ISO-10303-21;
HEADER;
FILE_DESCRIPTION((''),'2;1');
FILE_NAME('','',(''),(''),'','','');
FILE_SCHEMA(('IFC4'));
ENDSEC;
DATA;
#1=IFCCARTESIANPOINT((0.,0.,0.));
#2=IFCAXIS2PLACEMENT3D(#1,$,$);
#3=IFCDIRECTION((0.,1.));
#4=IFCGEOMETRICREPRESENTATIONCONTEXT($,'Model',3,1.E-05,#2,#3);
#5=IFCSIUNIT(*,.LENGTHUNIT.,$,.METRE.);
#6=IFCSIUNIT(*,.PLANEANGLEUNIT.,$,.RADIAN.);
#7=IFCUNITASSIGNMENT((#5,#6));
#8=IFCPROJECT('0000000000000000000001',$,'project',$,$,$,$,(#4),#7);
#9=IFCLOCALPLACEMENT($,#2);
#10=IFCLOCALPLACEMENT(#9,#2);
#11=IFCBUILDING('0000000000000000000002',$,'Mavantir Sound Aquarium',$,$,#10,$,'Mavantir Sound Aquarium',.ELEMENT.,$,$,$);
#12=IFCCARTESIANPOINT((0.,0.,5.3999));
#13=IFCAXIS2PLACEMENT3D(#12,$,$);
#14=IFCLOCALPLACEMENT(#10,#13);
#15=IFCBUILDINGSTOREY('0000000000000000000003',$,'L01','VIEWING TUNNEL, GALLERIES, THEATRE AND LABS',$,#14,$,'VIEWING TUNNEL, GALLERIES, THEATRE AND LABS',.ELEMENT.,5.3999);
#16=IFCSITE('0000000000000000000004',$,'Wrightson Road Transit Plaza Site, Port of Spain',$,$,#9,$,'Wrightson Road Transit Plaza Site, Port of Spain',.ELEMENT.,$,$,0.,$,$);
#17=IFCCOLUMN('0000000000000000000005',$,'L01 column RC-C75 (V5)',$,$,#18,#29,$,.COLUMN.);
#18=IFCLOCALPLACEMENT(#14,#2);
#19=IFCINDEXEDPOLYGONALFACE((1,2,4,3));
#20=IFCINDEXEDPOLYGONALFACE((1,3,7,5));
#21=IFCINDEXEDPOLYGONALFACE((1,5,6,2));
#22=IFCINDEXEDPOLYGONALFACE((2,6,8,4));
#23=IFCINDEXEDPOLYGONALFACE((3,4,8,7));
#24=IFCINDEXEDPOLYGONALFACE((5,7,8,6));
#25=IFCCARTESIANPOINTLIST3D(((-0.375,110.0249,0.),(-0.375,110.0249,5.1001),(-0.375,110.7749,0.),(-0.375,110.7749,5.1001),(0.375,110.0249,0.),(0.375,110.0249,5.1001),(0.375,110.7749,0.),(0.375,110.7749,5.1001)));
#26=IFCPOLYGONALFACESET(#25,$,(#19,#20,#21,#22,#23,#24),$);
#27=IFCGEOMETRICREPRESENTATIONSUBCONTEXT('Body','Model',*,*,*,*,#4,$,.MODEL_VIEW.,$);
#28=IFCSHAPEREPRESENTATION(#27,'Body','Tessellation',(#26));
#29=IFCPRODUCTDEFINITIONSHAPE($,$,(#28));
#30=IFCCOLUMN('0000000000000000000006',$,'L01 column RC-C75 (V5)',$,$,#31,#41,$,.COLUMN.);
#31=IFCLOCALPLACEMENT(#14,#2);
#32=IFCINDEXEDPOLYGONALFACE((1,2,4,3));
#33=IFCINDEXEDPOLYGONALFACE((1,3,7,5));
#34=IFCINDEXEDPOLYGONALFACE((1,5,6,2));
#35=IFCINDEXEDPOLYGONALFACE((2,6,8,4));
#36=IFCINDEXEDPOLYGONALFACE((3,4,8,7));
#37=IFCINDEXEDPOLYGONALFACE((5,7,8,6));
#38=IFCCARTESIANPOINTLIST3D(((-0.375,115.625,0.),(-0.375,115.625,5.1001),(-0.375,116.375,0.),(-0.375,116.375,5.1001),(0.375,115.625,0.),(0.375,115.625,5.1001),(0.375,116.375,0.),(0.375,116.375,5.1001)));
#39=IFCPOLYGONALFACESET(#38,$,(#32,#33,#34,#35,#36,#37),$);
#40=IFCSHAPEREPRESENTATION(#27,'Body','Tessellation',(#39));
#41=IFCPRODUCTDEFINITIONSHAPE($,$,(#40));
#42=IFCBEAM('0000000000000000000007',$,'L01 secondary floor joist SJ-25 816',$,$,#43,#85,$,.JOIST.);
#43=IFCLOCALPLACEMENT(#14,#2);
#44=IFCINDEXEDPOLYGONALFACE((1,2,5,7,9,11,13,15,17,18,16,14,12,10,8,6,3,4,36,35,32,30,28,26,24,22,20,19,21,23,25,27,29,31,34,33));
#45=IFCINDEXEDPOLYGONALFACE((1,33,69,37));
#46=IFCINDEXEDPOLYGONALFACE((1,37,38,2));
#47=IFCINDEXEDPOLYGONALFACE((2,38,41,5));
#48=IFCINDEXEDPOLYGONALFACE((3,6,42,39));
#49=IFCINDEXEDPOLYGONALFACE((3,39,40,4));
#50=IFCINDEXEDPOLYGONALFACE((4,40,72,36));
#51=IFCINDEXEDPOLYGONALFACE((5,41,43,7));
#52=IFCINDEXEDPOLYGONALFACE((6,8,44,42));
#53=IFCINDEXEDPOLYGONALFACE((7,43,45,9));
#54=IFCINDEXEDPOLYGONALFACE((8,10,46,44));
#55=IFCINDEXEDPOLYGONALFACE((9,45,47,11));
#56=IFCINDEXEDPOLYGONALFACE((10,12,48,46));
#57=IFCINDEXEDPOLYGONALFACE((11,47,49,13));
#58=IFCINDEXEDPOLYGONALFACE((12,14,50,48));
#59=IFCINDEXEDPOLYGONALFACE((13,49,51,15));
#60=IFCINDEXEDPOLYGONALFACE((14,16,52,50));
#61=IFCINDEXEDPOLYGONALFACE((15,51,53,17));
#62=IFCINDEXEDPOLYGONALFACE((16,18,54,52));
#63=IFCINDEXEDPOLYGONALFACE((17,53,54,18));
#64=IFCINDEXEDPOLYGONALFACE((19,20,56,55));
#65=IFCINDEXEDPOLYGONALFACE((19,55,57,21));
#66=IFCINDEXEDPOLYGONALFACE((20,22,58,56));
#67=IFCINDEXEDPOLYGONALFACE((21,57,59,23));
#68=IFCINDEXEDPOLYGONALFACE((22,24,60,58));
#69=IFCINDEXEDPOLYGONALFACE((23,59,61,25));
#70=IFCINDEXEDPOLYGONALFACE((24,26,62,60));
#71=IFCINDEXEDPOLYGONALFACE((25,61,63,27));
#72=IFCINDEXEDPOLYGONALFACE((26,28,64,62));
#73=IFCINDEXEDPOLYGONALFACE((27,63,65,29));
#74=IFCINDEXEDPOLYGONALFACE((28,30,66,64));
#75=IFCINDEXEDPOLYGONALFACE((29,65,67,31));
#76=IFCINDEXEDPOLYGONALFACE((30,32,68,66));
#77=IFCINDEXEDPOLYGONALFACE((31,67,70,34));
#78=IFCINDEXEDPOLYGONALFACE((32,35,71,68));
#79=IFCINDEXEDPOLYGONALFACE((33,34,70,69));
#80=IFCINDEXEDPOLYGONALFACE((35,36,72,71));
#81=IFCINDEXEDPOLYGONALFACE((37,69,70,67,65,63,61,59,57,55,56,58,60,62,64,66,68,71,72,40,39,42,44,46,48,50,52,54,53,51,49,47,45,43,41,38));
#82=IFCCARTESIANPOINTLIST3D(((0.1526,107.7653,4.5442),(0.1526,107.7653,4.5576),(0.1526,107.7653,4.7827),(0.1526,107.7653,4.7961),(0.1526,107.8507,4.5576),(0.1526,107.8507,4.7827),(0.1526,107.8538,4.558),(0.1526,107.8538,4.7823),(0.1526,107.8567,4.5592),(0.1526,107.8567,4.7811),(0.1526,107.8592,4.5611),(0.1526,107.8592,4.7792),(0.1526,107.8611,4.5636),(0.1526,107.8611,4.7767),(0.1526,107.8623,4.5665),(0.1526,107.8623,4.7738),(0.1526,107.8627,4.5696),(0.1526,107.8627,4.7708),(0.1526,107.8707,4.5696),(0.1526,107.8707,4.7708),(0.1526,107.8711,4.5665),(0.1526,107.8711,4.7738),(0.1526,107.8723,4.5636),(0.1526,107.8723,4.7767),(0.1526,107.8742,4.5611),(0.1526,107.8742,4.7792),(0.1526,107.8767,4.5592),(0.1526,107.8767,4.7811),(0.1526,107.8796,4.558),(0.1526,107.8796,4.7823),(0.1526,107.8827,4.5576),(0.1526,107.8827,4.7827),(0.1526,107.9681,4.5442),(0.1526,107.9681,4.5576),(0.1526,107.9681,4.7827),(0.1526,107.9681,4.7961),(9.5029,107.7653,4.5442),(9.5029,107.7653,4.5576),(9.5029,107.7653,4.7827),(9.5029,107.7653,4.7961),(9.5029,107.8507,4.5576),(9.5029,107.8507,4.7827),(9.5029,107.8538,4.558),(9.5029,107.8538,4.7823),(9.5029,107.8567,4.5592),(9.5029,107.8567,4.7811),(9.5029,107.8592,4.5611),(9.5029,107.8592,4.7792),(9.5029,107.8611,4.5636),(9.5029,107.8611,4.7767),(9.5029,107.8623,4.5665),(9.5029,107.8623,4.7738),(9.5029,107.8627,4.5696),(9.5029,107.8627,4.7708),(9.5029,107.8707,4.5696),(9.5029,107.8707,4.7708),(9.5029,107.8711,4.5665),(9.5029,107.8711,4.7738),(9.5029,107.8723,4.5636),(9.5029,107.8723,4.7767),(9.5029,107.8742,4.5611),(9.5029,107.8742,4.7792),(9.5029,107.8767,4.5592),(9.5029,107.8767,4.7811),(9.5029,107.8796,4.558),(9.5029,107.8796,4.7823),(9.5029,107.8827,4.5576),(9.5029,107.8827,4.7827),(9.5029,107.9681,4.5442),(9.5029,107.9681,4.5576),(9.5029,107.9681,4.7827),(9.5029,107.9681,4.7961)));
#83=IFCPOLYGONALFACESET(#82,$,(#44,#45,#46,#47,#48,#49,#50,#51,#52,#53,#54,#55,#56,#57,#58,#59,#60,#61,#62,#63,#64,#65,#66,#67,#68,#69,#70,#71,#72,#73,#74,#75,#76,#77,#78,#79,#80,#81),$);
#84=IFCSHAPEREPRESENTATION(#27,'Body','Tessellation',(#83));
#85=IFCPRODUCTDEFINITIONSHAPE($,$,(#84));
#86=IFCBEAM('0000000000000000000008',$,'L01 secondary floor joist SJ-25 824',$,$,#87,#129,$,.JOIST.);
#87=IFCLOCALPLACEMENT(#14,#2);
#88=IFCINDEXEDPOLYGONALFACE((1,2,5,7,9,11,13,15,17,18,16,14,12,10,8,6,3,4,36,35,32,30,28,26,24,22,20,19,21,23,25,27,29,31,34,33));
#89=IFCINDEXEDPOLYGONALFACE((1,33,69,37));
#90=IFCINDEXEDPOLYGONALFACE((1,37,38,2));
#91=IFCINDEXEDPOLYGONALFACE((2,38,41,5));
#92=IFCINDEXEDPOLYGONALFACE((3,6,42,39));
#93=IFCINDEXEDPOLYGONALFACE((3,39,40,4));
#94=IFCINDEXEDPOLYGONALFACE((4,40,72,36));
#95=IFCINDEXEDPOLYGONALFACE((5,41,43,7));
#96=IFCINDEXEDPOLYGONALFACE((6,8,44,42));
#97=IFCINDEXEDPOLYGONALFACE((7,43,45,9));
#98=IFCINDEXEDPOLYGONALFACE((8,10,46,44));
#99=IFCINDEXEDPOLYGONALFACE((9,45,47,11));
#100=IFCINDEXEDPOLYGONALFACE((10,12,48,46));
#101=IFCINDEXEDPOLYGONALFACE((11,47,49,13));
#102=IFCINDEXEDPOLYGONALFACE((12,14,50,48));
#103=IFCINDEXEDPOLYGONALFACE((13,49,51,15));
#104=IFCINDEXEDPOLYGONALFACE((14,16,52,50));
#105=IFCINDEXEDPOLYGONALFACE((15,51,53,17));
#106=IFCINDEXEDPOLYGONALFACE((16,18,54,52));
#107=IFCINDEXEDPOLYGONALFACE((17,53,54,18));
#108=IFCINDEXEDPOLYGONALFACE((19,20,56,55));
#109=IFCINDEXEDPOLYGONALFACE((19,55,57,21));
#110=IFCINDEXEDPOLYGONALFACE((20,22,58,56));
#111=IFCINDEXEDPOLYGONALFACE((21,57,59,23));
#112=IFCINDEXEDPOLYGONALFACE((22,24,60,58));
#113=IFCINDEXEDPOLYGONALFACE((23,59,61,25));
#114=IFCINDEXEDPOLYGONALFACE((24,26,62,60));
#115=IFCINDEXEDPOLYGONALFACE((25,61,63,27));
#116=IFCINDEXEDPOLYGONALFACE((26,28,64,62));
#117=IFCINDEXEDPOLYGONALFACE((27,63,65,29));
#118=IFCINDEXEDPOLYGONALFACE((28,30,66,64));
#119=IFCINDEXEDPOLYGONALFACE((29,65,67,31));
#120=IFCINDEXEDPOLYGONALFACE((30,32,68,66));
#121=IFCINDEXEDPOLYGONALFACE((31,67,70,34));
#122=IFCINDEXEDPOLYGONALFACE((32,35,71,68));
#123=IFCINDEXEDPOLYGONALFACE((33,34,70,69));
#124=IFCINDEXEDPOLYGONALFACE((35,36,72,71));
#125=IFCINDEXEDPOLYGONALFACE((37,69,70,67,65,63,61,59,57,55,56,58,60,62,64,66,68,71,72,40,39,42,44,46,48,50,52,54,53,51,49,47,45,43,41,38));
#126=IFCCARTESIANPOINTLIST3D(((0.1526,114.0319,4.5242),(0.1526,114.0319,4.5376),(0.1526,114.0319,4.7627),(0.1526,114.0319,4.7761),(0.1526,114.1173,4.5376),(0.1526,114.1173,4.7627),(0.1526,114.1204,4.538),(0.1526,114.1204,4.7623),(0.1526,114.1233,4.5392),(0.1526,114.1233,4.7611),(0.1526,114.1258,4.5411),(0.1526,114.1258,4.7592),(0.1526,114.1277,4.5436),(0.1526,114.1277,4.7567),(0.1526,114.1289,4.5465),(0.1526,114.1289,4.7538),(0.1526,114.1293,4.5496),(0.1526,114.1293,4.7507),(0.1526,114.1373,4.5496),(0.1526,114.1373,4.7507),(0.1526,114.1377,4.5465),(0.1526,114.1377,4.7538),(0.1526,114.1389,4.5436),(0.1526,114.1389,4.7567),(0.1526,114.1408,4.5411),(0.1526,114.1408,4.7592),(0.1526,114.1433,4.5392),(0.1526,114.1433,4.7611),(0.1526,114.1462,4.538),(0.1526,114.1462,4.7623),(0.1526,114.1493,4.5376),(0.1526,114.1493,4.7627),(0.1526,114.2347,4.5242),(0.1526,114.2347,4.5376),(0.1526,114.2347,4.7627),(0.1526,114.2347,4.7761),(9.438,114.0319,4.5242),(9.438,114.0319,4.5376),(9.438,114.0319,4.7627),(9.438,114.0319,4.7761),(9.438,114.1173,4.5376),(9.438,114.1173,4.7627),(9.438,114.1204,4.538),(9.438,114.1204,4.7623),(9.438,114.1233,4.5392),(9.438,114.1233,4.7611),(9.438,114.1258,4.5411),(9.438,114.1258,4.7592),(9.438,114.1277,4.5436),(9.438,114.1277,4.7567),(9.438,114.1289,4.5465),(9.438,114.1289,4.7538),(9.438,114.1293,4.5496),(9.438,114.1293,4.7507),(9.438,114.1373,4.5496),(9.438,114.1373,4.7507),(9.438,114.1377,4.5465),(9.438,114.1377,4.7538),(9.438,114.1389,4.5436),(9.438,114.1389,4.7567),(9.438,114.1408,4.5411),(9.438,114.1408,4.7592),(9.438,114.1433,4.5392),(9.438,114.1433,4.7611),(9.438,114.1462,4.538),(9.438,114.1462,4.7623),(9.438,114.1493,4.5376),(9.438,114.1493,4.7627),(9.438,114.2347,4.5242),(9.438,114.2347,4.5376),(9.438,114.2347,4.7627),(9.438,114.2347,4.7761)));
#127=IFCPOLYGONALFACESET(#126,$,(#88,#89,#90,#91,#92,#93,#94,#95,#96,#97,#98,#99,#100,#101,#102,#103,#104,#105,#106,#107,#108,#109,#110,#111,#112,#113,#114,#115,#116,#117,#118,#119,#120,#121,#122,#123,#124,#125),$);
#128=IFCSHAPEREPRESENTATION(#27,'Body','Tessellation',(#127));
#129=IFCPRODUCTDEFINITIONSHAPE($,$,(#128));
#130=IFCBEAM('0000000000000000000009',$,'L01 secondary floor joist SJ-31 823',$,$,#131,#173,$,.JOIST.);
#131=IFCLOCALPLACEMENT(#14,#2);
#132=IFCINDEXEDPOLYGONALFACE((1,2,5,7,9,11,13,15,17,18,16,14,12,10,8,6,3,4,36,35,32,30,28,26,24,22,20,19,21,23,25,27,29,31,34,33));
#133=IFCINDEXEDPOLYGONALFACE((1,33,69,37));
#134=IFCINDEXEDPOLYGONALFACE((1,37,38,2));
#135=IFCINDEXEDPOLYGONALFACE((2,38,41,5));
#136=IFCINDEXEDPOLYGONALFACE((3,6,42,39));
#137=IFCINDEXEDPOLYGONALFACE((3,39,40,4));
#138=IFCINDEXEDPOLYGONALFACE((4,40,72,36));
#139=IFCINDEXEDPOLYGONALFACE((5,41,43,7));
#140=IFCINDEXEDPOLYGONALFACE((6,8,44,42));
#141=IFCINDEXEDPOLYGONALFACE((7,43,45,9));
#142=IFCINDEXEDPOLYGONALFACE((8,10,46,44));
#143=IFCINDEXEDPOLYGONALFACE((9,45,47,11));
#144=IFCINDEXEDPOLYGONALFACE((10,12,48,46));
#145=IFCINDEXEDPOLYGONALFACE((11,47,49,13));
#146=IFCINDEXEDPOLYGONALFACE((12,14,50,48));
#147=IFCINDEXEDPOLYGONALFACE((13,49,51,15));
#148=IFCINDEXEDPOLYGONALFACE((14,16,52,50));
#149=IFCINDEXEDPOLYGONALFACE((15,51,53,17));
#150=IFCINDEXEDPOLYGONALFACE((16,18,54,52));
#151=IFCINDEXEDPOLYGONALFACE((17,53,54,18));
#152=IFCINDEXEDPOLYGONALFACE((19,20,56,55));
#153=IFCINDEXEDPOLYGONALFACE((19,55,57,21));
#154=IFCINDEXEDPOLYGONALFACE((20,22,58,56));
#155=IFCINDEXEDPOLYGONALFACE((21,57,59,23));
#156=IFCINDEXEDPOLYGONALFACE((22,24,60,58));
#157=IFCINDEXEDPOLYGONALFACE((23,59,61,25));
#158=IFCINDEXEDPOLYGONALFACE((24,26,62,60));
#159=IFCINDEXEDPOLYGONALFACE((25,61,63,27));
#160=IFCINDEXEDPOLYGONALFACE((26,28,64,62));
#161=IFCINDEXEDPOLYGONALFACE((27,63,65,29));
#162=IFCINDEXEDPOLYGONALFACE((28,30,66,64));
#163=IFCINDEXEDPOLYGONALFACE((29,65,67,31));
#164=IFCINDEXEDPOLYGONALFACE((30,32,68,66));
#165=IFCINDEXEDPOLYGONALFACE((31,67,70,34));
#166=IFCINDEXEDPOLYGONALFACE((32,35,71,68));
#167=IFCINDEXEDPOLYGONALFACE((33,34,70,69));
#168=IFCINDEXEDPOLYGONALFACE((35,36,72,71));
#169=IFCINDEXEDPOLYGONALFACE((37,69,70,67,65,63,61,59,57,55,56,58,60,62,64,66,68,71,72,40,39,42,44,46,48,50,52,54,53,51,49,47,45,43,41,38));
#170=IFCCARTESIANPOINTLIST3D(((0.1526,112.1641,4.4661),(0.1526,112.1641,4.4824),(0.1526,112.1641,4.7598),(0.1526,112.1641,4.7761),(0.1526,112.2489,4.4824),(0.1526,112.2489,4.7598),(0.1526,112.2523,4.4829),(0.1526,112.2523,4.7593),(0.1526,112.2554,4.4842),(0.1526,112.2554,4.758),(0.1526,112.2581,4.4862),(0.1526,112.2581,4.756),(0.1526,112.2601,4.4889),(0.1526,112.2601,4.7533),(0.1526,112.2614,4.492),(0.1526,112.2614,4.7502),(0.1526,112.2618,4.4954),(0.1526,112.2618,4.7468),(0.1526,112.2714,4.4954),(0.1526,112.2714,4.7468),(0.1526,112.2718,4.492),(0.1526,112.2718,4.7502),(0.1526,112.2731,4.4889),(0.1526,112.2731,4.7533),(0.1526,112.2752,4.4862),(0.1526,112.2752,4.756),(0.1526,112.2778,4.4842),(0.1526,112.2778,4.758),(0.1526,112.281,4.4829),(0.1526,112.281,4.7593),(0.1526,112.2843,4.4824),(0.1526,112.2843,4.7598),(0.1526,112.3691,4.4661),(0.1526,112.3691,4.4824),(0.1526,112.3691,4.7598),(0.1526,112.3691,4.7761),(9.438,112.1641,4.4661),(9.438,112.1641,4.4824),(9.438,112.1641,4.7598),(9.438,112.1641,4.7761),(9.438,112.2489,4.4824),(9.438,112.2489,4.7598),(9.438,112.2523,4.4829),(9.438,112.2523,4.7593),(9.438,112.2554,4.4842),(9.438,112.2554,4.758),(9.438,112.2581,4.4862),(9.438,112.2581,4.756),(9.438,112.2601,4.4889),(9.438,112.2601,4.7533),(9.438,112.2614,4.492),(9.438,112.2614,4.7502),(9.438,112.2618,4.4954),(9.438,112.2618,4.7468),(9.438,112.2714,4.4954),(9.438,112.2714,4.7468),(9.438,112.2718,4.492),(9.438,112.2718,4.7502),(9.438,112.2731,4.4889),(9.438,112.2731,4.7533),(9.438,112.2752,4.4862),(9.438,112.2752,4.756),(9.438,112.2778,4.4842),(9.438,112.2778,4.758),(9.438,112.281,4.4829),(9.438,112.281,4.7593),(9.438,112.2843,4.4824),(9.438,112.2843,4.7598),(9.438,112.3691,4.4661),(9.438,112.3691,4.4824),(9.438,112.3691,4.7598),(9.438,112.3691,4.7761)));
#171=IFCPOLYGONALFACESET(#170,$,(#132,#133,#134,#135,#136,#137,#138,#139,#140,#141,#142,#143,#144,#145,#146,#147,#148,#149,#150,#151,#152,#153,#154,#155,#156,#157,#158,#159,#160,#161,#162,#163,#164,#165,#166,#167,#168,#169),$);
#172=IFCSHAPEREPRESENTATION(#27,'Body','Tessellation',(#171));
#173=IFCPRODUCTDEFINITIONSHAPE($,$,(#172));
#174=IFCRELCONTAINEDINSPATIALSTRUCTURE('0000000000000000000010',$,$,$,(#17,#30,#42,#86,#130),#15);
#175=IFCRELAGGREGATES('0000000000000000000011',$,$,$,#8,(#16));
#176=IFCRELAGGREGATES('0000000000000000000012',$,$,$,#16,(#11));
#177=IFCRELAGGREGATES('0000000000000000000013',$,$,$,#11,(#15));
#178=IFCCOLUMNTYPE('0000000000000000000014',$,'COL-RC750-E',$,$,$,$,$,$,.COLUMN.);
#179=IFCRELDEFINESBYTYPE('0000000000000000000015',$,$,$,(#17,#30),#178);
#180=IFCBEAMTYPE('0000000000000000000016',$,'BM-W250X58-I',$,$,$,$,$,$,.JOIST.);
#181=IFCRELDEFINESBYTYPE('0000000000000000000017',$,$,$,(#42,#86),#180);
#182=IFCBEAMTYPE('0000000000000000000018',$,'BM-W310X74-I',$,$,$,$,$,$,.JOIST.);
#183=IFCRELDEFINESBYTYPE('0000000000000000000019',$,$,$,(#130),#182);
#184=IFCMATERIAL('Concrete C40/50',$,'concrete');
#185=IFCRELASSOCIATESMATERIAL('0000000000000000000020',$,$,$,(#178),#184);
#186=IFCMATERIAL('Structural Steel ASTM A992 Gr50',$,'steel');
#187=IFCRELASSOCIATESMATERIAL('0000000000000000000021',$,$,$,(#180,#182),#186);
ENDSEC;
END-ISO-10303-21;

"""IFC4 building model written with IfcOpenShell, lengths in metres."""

from ifc_helpers import new_model, si_unit, direction, frame, origin, origin_2d, place, context, subcontext, project, spatial, rectangle, i_section, extrude, material, material_profile, profile_set, type_object, element, save


model = new_model("IFC4")

# Units and contexts
model_context = context("Model", 3, precision=1e-05, world=origin(), true_north=direction((0.0, 1.0)))
body_context = subcontext(model_context, "Body", "Model", "MODEL_VIEW")
ifc_project = project(units=[si_unit("LENGTHUNIT", "METRE"), si_unit("PLANEANGLEUNIT", "RADIAN")], contexts=[model_context])

# Site, building, storey
site_placement = place(None, origin())
site = spatial("IfcSite", under=ifc_project, at=site_placement, Name="Wrightson Road Transit Plaza Site, Port of Spain", LongName="Wrightson Road Transit Plaza Site, Port of Spain", CompositionType="ELEMENT", RefElevation=0.0)
building_placement = place(site_placement, origin())
building = spatial("IfcBuilding", under=site, at=building_placement, Name="Mavantir Sound Aquarium", LongName="Mavantir Sound Aquarium", CompositionType="ELEMENT")
storey_placement = place(building_placement, frame((0.0, 0.0, 5.3999)))
storey = spatial("IfcBuildingStorey", under=building, at=storey_placement, Name="L01", Description="VIEWING TUNNEL, GALLERIES, THEATRE AND LABS", LongName="VIEWING TUNNEL, GALLERIES, THEATRE AND LABS", CompositionType="ELEMENT", Elevation=5.3999)

# Columns
ifc_material_1 = material(Name="Concrete C40/50", Category="concrete")
ifc_material_profile_1 = material_profile(ifc_material_1, rectangle(XDim=0.75, YDim=0.75, at=origin_2d()), Name="RC 750X750")
ifc_profile_set_1 = profile_set([ifc_material_profile_1], Name="Concrete C40/50")
column_type = type_object("IfcColumnType", Name="COL-RC750-E", PredefinedType="COLUMN", material=ifc_profile_set_1)
for number, where, z_axis, x_axis, name in (
    (1, (0.0, 110.3999, 0.0), (0.0, 0.0, 1.0), (1.0, 0.0, 0.0), "L01 column RC-C75 (V5)"),
    (2, (0.0, 116.0, 0.0), (0.0, 0.0, 1.0), (1.0, 0.0, 0.0), "L01 column RC-C75 (V5)"),
):
    element("IfcColumn", number, at=place(storey_placement, frame(where, z_axis=z_axis, x_axis=x_axis)), inside=storey, type_object=column_type, Name=name, PredefinedType="COLUMN", context=body_context, shape_type="SweptSolid", body=[
        extrude(rectangle(XDim=0.75, YDim=0.75, at=origin_2d()), origin(), (0.0, 0.0, 1.0), 5.1001),
    ])

# Beams
ifc_material_2 = material(Name="Structural Steel ASTM A992 Gr50", Category="steel")
ifc_material_profile_2 = material_profile(ifc_material_2, i_section(OverallWidth=0.2029, OverallDepth=0.252, WebThickness=0.0081, FlangeThickness=0.0134, FilletRadius=0.012, at=origin_2d()), Name="W250X58")
ifc_profile_set_2 = profile_set([ifc_material_profile_2], Name="Structural Steel ASTM A992 Gr50")
beam_type_1 = type_object("IfcBeamType", Name="BM-W250X58-I", PredefinedType="JOIST", material=ifc_profile_set_2)
beam_1_placement = place(storey_placement, frame((0.1526, 107.8667, 4.6702), z_axis=(1.0, 0.0, 0.0), x_axis=(0.0, 1.0, 0.0)))
element("IfcBeam", 3, at=beam_1_placement, inside=storey, type_object=beam_type_1, Name="L01 secondary floor joist SJ-25 816", PredefinedType="JOIST", context=body_context, shape_type="SweptSolid", body=[
    extrude(i_section(OverallWidth=0.2029, OverallDepth=0.252, WebThickness=0.0081, FlangeThickness=0.0134, FilletRadius=0.012, at=origin_2d()), origin(), (0.0, 0.0, 1.0), 9.3503),
])
beam_2_placement = place(storey_placement, frame((0.1526, 114.1333, 4.6501), z_axis=(1.0, 0.0, 0.0), x_axis=(0.0, 1.0, 0.0)))
element("IfcBeam", 4, at=beam_2_placement, inside=storey, type_object=beam_type_1, Name="L01 secondary floor joist SJ-25 824", PredefinedType="JOIST", context=body_context, shape_type="SweptSolid", body=[
    extrude(i_section(OverallWidth=0.2029, OverallDepth=0.252, WebThickness=0.0081, FlangeThickness=0.0134, FilletRadius=0.012, at=origin_2d()), origin(), (0.0, 0.0, 1.0), 9.2854),
])
ifc_material_profile_3 = material_profile(ifc_material_2, i_section(OverallWidth=0.2051, OverallDepth=0.3101, WebThickness=0.0095, FlangeThickness=0.0164, FilletRadius=0.0129, at=origin_2d()), Name="W310X74")
ifc_profile_set_3 = profile_set([ifc_material_profile_3], Name="Structural Steel ASTM A992 Gr50")
beam_type_2 = type_object("IfcBeamType", Name="BM-W310X74-I", PredefinedType="JOIST", material=ifc_profile_set_3)
beam_3_placement = place(storey_placement, frame((0.1526, 112.2666, 4.6211), z_axis=(1.0, 0.0, 0.0), x_axis=(0.0, 1.0, 0.0)))
element("IfcBeam", 5, at=beam_3_placement, inside=storey, type_object=beam_type_2, Name="L01 secondary floor joist SJ-31 823", PredefinedType="JOIST", context=body_context, shape_type="SweptSolid", body=[
    extrude(i_section(OverallWidth=0.2051, OverallDepth=0.3101, WebThickness=0.0095, FlangeThickness=0.0164, FilletRadius=0.0129, at=origin_2d()), origin(), (0.0, 0.0, 1.0), 9.2854),
])

save(model, "model.ifc")
